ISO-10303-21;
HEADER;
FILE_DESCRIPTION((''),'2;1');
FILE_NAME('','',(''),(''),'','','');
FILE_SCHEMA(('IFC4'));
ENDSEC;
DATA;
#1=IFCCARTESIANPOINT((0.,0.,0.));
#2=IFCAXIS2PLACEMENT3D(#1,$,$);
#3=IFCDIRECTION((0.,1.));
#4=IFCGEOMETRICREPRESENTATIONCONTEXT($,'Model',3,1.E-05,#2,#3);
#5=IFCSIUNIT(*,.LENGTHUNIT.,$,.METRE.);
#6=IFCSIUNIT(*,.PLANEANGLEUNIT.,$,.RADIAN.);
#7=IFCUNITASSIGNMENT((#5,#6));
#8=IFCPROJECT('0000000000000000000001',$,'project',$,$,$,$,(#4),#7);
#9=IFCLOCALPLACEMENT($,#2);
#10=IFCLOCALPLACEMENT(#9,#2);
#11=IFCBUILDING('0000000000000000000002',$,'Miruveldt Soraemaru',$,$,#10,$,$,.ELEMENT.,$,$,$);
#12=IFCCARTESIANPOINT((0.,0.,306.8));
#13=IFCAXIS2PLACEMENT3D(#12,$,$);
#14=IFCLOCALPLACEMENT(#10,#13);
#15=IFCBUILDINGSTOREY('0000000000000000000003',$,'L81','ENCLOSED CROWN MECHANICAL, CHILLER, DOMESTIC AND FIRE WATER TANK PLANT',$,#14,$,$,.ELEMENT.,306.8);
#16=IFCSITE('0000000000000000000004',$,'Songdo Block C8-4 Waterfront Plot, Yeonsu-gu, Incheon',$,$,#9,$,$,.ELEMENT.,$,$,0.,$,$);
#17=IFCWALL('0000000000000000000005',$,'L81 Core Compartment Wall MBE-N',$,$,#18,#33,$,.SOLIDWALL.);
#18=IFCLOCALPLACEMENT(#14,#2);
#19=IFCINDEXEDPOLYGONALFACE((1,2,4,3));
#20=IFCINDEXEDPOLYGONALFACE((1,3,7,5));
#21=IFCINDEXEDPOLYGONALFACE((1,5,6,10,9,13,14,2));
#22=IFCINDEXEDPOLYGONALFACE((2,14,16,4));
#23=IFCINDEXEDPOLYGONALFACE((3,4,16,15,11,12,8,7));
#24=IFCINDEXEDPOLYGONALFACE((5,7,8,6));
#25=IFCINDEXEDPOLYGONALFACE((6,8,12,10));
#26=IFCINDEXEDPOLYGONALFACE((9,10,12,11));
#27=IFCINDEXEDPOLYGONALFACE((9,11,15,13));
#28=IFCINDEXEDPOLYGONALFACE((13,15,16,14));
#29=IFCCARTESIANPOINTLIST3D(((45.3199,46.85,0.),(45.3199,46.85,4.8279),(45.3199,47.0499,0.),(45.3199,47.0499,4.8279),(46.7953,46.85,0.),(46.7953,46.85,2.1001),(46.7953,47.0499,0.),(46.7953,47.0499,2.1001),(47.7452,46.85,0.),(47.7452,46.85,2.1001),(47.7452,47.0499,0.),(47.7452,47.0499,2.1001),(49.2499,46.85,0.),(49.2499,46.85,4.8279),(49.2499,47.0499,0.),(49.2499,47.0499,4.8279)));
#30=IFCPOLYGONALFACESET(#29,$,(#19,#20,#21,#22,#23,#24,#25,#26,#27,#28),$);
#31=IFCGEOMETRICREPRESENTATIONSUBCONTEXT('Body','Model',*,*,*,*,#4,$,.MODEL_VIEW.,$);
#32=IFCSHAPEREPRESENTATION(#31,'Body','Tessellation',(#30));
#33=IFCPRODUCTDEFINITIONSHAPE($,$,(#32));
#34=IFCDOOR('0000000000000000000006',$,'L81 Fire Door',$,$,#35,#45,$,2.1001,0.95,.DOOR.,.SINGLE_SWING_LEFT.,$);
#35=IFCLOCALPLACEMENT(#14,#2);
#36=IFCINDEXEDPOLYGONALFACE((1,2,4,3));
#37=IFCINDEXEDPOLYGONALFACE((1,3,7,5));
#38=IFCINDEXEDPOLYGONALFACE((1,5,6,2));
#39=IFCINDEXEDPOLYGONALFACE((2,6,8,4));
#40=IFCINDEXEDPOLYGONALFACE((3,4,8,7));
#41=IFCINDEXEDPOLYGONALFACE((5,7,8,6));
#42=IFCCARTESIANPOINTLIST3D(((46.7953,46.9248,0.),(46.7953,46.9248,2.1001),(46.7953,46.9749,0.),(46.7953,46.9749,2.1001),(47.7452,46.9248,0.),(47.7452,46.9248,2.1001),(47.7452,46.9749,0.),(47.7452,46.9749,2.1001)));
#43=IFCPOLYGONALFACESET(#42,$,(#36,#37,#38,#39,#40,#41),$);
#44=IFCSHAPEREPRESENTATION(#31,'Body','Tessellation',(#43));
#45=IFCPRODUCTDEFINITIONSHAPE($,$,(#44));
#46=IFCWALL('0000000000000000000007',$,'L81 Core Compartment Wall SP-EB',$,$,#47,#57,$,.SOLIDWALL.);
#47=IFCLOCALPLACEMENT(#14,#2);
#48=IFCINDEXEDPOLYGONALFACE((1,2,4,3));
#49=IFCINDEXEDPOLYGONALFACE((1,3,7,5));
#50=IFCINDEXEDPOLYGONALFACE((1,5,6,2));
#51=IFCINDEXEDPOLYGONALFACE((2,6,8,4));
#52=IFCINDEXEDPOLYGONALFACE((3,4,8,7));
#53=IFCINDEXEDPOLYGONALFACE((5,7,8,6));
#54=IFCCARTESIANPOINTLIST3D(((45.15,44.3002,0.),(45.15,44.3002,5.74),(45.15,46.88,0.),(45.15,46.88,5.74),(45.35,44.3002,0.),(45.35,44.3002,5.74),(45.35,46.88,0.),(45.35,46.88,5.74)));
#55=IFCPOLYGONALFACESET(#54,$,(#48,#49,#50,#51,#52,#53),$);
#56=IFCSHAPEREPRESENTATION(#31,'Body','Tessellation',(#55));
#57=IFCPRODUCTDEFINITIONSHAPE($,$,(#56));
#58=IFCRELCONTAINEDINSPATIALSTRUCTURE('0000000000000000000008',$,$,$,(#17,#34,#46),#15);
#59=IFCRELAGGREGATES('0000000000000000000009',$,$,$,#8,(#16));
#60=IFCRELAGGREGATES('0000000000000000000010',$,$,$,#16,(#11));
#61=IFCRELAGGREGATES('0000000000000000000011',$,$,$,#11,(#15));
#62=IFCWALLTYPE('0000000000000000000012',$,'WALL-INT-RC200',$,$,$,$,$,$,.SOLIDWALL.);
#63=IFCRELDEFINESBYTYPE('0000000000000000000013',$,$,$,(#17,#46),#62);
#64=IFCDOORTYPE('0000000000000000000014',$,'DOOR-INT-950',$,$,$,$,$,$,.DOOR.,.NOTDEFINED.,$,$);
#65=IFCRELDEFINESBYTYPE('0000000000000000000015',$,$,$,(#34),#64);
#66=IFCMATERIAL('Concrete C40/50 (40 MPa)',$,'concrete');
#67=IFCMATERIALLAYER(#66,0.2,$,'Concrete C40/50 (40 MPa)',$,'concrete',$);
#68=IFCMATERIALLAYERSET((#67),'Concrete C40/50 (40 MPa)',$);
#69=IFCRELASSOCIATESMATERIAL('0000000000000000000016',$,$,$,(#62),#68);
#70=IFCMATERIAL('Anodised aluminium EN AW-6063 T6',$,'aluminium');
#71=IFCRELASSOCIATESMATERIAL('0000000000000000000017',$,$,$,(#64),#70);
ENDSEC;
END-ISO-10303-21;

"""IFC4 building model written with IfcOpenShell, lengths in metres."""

from ifc_helpers import new_model, si_unit, direction, frame, frame_2d, origin, place, context, subcontext, project, spatial, rectangle, extrude, material, layer, layer_set, type_object, element, fill, save


model = new_model("IFC4")

# Units and contexts
model_context = context("Model", 3, precision=1e-05, world=origin(), true_north=direction((0.0, 1.0)))
body_context = subcontext(model_context, "Body", "Model", "MODEL_VIEW")
ifc_project = project(units=[si_unit("LENGTHUNIT", "METRE"), si_unit("PLANEANGLEUNIT", "RADIAN")], contexts=[model_context])

# Site, building, storey
site_placement = place(None, origin())
site = spatial("IfcSite", under=ifc_project, at=site_placement, Name="Songdo Block C8-4 Waterfront Plot, Yeonsu-gu, Incheon", CompositionType="ELEMENT", RefElevation=0.0)
building_placement = place(site_placement, origin())
building = spatial("IfcBuilding", under=site, at=building_placement, Name="Miruveldt Soraemaru", CompositionType="ELEMENT")
storey_placement = place(building_placement, frame((0.0, 0.0, 306.8)))
storey = spatial("IfcBuildingStorey", under=building, at=storey_placement, Name="L81", Description="ENCLOSED CROWN MECHANICAL, CHILLER, DOMESTIC AND FIRE WATER TANK PLANT", CompositionType="ELEMENT", Elevation=306.8)

# Shared definitions
ifc_material_1 = material(Name="Anodised aluminium EN AW-6063 T6", Category="aluminium")

# Shared definitions
ifc_material_2 = material(Name="Concrete C40/50 (40 MPa)", Category="concrete")

# Wall, opening, door
ifc_layer_1 = layer(ifc_material_2, 0.2, Name="Concrete C40/50 (40 MPa)", Category="concrete")
ifc_layer_set_1 = layer_set([ifc_layer_1], Name="Concrete C40/50 (40 MPa)")
wall_type_1 = type_object("IfcWallType", Name="WALL-INT-RC200", PredefinedType="SOLIDWALL", material=ifc_layer_set_1)
wall_1_placement = place(storey_placement, frame((45.3201, 46.95, 0.0), z_axis=(0.0, 0.0, 1.0), x_axis=(1.0, 0.0, 0.0)))
wall_1 = element("IfcWall", 1, at=wall_1_placement, inside=storey, type_object=wall_type_1, Name="L81 Core Compartment Wall MBE-N", PredefinedType="SOLIDWALL", context=body_context, shape_type="SweptSolid", body=[
    extrude(rectangle(XDim=3.9299, YDim=0.2, at=frame_2d((1.9648, 0.0))), origin(), (0.0, 0.0, 1.0), 4.8279),
])
opening_1_placement = place(wall_1_placement, frame((1.4751, 0.0, 0.0)))
opening_1 = element("IfcOpeningElement", 2, at=opening_1_placement, cuts=wall_1, PredefinedType="OPENING", context=body_context, shape_type="SweptSolid", body=[
    extrude(rectangle(XDim=0.95, YDim=2.1001, at=frame_2d((0.4751, 1.05))), frame((0.0, 0.1099, 0.0), z_axis=(0.0, -1.0, 0.0), x_axis=(1.0, 0.0, 0.0)), (0.0, 0.0, 1.0), 0.22),
])
door_type_1 = type_object("IfcDoorType", Name="DOOR-INT-950", OperationType="NOTDEFINED", PredefinedType="DOOR", material=ifc_material_1)
door_1_placement = place(opening_1_placement, origin())
door_1 = element("IfcDoor", 3, at=door_1_placement, inside=storey, type_object=door_type_1, Name="L81 Fire Door", OperationType="SINGLE_SWING_LEFT", OverallHeight=2.1001, OverallWidth=0.95, PredefinedType="DOOR", context=body_context, shape_type="SweptSolid", body=[
    extrude(rectangle(XDim=0.95, YDim=2.1001, at=frame_2d((0.4751, 1.05))), frame((0.0, 0.0249, 0.0), z_axis=(0.0, -1.0, 0.0), x_axis=(1.0, 0.0, 0.0)), (0.0, 0.0, 1.0), 0.05),
])
fill(opening_1, door_1)

# Wall
wall_2_placement = place(storey_placement, frame((45.25, 44.3, 0.0), z_axis=(0.0, 0.0, 1.0), x_axis=(0.0, 1.0, 0.0)))
element("IfcWall", 4, at=wall_2_placement, inside=storey, type_object=wall_type_1, Name="L81 Core Compartment Wall SP-EB", PredefinedType="SOLIDWALL", context=body_context, shape_type="SweptSolid", body=[
    extrude(rectangle(XDim=2.5798, YDim=0.2, at=frame_2d((1.29, 0.0))), origin(), (0.0, 0.0, 1.0), 5.74),
])

save(model, "model.ifc")
